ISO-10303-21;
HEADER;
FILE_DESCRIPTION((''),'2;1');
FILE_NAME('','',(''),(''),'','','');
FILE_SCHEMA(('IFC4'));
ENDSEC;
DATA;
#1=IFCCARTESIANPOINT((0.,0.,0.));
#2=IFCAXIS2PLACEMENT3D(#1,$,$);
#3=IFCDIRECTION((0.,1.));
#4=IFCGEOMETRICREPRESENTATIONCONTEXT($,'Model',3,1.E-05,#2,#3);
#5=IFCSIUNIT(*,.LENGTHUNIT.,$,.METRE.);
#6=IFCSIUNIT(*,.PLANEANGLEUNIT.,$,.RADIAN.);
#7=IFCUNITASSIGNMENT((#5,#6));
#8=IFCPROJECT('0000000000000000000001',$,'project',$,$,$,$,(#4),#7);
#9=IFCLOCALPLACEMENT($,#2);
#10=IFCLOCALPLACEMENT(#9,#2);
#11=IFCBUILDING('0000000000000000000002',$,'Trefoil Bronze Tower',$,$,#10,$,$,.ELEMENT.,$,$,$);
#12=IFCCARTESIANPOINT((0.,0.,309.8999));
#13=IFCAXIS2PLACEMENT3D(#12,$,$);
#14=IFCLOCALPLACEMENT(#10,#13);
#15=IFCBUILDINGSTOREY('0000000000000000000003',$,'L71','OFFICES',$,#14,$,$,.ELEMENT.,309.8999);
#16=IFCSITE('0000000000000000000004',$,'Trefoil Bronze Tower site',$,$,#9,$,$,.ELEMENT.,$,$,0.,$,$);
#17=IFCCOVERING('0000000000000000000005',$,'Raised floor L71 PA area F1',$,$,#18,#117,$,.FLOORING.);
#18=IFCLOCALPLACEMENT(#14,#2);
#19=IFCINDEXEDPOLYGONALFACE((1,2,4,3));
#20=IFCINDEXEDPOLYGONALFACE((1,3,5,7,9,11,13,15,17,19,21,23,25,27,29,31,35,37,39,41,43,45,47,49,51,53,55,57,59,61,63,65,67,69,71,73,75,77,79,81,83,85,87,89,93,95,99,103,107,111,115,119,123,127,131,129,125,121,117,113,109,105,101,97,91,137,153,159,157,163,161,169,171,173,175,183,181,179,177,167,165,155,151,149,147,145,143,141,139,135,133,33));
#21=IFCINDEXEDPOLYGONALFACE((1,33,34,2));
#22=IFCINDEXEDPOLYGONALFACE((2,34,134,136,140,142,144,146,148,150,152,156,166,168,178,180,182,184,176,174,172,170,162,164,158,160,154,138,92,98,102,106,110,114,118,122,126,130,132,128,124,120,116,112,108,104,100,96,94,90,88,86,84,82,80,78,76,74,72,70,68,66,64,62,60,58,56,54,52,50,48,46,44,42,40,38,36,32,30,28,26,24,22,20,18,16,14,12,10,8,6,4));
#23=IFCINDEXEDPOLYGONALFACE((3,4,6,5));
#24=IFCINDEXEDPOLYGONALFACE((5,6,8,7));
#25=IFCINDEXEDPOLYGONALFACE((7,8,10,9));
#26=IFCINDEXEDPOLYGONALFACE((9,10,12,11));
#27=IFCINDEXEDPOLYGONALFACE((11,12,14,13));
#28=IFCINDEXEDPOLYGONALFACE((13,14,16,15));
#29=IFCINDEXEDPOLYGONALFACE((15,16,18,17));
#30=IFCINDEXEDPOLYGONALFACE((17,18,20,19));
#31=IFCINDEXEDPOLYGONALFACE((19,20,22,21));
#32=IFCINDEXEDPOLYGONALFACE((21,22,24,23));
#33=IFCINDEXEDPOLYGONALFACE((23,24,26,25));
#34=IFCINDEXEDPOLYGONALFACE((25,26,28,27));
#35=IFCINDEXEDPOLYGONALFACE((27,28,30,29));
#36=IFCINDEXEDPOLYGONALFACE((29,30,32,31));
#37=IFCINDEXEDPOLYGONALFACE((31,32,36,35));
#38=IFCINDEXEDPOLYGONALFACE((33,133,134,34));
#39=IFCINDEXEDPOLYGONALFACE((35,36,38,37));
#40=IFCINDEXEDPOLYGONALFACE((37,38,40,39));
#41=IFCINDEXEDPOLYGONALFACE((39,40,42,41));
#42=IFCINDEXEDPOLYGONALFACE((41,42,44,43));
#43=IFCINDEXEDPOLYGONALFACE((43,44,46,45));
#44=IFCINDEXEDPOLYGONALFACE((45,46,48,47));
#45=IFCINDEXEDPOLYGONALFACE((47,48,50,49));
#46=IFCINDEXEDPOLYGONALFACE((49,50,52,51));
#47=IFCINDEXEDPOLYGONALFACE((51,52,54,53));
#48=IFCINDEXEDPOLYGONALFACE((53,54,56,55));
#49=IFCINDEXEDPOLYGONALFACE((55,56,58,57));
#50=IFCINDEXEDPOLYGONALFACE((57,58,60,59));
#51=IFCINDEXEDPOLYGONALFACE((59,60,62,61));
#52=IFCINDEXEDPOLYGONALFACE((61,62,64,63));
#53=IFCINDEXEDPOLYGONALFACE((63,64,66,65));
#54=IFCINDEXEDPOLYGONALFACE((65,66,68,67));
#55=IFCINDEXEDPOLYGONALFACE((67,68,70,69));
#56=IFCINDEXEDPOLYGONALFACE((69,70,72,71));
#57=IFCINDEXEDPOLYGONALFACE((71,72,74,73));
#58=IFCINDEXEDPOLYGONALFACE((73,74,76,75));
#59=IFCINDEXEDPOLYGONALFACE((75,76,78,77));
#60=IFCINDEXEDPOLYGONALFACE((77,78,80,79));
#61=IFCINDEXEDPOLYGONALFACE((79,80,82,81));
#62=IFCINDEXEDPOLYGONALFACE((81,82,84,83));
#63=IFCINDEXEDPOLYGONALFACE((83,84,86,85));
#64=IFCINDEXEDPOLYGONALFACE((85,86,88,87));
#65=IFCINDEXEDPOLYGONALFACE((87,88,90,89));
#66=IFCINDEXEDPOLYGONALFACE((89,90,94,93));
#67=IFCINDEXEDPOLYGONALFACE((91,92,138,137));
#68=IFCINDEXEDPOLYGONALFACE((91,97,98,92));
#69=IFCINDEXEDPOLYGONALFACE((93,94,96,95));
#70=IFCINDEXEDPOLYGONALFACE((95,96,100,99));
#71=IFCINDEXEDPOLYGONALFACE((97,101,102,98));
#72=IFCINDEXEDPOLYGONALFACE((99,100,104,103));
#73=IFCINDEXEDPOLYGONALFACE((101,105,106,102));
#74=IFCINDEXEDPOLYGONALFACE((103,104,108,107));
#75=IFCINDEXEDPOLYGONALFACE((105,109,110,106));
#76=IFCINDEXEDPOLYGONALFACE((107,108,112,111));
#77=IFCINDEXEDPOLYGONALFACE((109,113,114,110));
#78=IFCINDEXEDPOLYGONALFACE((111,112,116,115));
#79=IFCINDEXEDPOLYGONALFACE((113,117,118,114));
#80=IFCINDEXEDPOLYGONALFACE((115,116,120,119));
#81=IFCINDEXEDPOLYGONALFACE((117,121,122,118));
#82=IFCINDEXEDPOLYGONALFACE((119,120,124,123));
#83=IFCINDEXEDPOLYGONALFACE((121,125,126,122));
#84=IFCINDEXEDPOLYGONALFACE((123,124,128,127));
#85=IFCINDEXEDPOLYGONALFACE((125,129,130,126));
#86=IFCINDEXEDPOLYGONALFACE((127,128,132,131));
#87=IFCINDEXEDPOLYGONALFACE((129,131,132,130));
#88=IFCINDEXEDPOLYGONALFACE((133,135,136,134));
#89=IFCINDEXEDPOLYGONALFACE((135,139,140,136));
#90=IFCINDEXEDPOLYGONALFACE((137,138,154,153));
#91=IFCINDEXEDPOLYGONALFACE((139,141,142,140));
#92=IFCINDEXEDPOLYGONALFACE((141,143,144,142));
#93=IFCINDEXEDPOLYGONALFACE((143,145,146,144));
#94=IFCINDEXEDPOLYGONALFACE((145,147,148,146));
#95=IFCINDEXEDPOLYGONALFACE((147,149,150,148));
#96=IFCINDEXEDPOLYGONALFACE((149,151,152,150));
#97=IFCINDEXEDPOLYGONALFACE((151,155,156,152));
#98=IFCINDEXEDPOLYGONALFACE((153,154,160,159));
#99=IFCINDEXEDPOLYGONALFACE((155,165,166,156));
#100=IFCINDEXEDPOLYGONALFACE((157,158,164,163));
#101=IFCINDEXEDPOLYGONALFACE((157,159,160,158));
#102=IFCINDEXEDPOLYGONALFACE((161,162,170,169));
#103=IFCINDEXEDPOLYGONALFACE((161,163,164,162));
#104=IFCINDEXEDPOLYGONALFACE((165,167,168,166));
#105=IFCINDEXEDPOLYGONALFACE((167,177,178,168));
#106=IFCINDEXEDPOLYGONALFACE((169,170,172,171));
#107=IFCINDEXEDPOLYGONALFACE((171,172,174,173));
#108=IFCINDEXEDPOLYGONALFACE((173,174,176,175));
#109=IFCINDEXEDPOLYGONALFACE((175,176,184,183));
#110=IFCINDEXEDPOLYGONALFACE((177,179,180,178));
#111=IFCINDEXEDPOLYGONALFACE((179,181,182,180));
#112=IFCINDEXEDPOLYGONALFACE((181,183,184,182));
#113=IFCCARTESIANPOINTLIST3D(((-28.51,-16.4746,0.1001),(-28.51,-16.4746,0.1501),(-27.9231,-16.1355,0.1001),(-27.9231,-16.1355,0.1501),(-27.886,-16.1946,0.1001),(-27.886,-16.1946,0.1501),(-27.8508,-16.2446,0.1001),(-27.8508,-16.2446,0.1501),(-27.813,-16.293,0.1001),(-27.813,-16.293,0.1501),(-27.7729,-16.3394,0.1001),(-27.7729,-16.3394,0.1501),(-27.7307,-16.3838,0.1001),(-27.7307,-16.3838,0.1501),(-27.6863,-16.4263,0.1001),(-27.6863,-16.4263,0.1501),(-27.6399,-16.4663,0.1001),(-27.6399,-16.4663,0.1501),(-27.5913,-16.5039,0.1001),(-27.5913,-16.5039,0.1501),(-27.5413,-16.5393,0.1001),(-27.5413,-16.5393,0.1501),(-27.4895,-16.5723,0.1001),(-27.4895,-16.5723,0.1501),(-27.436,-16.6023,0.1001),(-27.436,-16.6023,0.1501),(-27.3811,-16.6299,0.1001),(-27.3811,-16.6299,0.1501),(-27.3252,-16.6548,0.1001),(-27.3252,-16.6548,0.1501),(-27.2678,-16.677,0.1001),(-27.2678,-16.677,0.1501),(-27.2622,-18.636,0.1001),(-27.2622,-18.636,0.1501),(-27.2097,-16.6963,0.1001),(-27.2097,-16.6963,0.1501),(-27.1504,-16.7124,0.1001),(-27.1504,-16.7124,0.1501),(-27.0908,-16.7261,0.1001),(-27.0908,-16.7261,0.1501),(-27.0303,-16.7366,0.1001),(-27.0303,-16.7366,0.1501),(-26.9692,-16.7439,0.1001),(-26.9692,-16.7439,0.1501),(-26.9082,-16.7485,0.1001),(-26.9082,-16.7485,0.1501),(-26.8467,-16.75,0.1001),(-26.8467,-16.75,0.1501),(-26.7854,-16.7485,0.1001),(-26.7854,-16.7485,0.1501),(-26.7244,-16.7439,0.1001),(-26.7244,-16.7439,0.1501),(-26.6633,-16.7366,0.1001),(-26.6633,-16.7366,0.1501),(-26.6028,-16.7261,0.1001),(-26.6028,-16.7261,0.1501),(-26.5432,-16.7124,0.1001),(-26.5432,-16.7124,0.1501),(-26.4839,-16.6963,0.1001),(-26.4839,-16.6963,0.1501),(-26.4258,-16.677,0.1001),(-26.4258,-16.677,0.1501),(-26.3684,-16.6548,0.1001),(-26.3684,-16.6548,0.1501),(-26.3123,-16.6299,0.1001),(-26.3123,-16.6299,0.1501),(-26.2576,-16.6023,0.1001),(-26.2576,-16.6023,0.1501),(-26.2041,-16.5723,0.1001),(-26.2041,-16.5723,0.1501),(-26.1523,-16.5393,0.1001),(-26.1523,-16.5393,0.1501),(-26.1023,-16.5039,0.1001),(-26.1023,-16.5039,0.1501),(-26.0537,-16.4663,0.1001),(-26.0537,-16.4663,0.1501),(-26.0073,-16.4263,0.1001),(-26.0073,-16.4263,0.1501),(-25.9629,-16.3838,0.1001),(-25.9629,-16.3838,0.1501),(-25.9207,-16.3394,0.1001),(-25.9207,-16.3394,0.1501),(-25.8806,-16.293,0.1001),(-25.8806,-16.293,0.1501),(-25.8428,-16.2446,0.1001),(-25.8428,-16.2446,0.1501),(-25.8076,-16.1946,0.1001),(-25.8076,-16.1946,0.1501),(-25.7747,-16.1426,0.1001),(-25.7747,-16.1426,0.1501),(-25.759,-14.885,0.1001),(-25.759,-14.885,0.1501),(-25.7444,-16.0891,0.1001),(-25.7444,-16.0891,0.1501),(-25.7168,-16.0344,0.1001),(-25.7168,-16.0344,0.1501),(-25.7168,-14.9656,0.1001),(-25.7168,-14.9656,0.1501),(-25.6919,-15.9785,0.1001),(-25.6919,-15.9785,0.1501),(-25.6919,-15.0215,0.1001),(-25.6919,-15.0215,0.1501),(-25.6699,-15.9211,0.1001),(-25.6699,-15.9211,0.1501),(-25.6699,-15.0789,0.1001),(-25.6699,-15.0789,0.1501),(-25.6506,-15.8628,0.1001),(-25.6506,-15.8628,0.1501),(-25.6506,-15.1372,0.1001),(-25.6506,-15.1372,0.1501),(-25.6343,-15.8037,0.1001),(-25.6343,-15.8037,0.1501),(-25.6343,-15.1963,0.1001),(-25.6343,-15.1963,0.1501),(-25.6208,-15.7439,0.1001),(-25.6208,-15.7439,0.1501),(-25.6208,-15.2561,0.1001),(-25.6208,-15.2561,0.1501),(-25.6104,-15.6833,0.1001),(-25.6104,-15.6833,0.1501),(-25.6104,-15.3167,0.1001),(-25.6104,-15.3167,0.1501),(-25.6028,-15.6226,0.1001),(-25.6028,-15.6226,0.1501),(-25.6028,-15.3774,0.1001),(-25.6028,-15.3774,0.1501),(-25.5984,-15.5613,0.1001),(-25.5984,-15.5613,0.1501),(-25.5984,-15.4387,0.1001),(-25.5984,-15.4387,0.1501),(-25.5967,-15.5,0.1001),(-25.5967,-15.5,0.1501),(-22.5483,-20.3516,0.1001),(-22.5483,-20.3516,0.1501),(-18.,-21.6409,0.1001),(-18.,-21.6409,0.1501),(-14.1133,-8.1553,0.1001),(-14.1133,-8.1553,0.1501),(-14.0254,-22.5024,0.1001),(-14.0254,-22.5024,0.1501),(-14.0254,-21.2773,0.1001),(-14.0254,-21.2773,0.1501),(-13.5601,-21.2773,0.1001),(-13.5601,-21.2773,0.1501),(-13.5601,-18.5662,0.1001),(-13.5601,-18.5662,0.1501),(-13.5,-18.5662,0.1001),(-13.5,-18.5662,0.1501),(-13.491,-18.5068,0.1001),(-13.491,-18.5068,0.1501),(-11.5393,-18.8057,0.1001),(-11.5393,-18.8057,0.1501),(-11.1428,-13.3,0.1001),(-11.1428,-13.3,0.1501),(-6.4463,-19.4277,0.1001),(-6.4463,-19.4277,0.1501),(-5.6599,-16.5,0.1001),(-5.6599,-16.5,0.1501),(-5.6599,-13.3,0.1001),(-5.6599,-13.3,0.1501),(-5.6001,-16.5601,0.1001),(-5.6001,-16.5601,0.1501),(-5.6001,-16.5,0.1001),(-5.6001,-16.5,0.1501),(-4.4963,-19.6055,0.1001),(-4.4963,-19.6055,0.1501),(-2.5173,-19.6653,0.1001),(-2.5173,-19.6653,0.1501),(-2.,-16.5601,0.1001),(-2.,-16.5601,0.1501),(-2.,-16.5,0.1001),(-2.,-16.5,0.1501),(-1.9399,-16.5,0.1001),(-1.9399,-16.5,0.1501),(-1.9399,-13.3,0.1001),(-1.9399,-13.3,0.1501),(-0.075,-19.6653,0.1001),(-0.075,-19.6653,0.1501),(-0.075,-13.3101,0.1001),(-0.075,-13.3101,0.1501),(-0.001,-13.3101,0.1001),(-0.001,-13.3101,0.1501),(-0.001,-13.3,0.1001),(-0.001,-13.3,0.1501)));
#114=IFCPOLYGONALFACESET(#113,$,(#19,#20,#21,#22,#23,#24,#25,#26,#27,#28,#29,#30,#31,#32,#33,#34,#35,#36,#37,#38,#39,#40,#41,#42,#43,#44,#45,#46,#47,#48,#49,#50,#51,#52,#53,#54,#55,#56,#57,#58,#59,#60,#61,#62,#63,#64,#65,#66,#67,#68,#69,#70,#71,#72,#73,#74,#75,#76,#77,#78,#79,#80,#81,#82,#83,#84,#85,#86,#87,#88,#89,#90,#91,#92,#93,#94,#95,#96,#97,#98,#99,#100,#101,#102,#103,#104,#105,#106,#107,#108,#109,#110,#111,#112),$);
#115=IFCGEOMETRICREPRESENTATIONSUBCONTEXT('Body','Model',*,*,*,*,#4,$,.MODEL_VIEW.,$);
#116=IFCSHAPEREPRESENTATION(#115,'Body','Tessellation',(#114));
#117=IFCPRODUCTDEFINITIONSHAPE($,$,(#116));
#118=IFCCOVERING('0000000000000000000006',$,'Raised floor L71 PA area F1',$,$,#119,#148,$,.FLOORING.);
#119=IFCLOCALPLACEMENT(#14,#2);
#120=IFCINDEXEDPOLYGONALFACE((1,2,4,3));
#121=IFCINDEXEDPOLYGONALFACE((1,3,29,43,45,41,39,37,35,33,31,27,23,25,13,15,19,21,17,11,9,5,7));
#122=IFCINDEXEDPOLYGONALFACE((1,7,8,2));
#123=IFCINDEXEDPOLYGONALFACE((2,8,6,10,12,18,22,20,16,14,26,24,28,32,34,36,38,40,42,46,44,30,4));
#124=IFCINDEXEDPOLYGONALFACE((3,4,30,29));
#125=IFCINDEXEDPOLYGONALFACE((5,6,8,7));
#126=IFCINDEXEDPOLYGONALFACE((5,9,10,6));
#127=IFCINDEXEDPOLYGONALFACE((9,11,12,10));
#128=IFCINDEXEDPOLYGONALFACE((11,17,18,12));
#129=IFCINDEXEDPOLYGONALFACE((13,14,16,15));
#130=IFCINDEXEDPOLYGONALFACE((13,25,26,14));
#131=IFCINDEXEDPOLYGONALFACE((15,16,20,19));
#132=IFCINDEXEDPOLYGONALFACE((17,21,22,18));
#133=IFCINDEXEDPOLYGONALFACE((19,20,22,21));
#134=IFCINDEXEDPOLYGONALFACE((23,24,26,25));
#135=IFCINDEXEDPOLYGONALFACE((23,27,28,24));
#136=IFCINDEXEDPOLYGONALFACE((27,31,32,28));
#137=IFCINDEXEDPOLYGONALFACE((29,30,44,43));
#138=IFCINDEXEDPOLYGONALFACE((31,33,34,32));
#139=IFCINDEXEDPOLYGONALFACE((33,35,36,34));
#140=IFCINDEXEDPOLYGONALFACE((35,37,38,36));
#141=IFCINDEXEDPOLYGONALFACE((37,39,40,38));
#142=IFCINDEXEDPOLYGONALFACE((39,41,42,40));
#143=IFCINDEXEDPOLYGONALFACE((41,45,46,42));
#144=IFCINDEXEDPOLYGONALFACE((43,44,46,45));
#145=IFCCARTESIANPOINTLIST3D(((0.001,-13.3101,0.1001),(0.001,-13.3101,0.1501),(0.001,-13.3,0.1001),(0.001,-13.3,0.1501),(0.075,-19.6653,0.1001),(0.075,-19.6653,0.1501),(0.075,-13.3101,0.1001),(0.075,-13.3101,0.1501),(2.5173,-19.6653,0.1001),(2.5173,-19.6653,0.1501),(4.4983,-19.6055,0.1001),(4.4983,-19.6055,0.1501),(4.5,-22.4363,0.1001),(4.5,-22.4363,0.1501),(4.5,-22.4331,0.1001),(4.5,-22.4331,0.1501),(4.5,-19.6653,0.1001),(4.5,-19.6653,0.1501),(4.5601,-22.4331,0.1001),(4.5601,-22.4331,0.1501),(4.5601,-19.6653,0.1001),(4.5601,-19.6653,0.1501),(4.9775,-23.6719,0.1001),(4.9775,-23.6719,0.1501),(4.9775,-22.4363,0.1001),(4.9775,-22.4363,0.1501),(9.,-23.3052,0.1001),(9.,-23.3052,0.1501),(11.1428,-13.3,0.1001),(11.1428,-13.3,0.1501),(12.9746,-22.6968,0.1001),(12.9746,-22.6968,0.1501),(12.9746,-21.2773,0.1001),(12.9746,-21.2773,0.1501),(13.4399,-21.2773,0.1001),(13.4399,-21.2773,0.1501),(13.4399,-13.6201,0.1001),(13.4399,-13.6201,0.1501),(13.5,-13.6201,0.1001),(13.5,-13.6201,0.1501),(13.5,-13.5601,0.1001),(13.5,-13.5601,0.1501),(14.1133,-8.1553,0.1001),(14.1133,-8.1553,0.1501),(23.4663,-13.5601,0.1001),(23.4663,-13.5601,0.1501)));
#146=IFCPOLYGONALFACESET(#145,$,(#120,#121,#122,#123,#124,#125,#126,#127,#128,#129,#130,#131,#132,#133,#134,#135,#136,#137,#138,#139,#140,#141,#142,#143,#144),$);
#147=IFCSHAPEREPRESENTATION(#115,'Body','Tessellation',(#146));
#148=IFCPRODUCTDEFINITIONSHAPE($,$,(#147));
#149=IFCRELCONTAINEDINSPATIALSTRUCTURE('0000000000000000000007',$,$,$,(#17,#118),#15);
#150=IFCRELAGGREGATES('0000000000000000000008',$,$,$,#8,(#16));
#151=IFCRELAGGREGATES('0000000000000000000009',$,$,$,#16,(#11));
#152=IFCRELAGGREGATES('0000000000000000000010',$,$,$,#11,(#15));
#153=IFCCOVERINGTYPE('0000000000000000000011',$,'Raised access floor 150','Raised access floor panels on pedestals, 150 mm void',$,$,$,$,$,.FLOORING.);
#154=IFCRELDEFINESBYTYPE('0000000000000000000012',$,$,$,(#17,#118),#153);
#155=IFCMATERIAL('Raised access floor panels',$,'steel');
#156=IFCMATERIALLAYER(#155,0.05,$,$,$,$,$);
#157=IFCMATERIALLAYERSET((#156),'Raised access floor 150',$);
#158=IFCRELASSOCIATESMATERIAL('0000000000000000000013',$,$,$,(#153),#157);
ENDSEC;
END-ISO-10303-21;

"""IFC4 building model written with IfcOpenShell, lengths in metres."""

from ifc_helpers import new_model, si_unit, direction, frame, origin, place, context, subcontext, project, spatial, polyline, outline, extrude, material, layer, layer_set, type_object, element, save


model = new_model("IFC4")

# Units and contexts
model_context = context("Model", 3, precision=1e-05, world=origin(), true_north=direction((0.0, 1.0)))
body_context = subcontext(model_context, "Body", "Model", "MODEL_VIEW")
ifc_project = project(units=[si_unit("LENGTHUNIT", "METRE"), si_unit("PLANEANGLEUNIT", "RADIAN")], contexts=[model_context])

# Site, building, storey
site_placement = place(None, origin())
site = spatial("IfcSite", under=ifc_project, at=site_placement, Name="Trefoil Bronze Tower site", CompositionType="ELEMENT", RefElevation=0.0)
building_placement = place(site_placement, origin())
building = spatial("IfcBuilding", under=site, at=building_placement, Name="Trefoil Bronze Tower", CompositionType="ELEMENT")
storey_placement = place(building_placement, frame((0.0, 0.0, 309.8999)))
storey = spatial("IfcBuildingStorey", under=building, at=storey_placement, Name="L71", Description="OFFICES", CompositionType="ELEMENT", Elevation=309.8999)

# Coverings
ifc_material_1 = material(Name="Raised access floor panels", Category="steel")
ifc_layer_1 = layer(ifc_material_1, 0.05)
ifc_layer_set_1 = layer_set([ifc_layer_1], Name="Raised access floor 150")
covering_type_1 = type_object("IfcCoveringType", Name="Raised access floor 150", Description="Raised access floor panels on pedestals, 150 mm void", PredefinedType="FLOORING", material=ifc_layer_set_1)
covering_1_placement = place(storey_placement, frame((0.0, 0.0, 0.1001)))
element("IfcCovering", 1, at=covering_1_placement, inside=storey, type_object=covering_type_1, Name="Raised floor L71 PA area F1", PredefinedType="FLOORING", context=body_context, shape_type="SweptSolid", body=[
    extrude(outline(polyline([(-25.759, -14.885), (-14.1133, -8.1553), (-11.1428, -13.3), (-5.6599, -13.3), (-5.6599, -16.5), (-5.6001, -16.5), (-5.6001, -16.5601), (-2.0, -16.5601), (-2.0, -16.5), (-1.9399, -16.5), (-1.9399, -13.3), (-0.001, -13.3), (-0.001, -13.3101), (-0.075, -13.3101), (-0.075, -19.6653), (-2.5173, -19.6653), (-4.4963, -19.6055), (-6.4463, -19.4277), (-11.5393, -18.8057), (-13.491, -18.5068), (-13.5, -18.5662), (-13.5601, -18.5662), (-13.5601, -21.2773), (-14.0254, -21.2773), (-14.0254, -22.5024), (-18.0, -21.6409), (-22.5483, -20.3516), (-27.2622, -18.636), (-28.51, -16.4746), (-27.9231, -16.1355), (-27.886, -16.1946), (-27.8508, -16.2446), (-27.813, -16.293), (-27.7729, -16.3394), (-27.7307, -16.3838), (-27.6863, -16.4263), (-27.6399, -16.4663), (-27.5913, -16.5039), (-27.5413, -16.5393), (-27.4895, -16.5723), (-27.436, -16.6023), (-27.3811, -16.6299), (-27.3252, -16.6548), (-27.2678, -16.677), (-27.2097, -16.6963), (-27.1504, -16.7124), (-27.0908, -16.7261), (-27.0303, -16.7366), (-26.9692, -16.7439), (-26.9082, -16.7485), (-26.8467, -16.75), (-26.7854, -16.7485), (-26.7244, -16.7439), (-26.6633, -16.7366), (-26.6028, -16.7261), (-26.5432, -16.7124), (-26.4839, -16.6963), (-26.4258, -16.677), (-26.3684, -16.6548), (-26.3123, -16.6299), (-26.2576, -16.6023), (-26.2041, -16.5723), (-26.1523, -16.5393), (-26.1023, -16.5039), (-26.0537, -16.4663), (-26.0073, -16.4263), (-25.9629, -16.3838), (-25.9207, -16.3394), (-25.8806, -16.293), (-25.8428, -16.2446), (-25.8076, -16.1946), (-25.7747, -16.1426), (-25.7444, -16.0891), (-25.7168, -16.0344), (-25.6919, -15.9785), (-25.6699, -15.9211), (-25.6506, -15.8628), (-25.6343, -15.8037), (-25.6208, -15.7439), (-25.6104, -15.6833), (-25.6028, -15.6226), (-25.5984, -15.5613), (-25.5967, -15.5), (-25.5984, -15.4387), (-25.6028, -15.3774), (-25.6104, -15.3167), (-25.6208, -15.2561), (-25.6343, -15.1963), (-25.6506, -15.1372), (-25.6699, -15.0789), (-25.6919, -15.0215), (-25.7168, -14.9656), (-25.759, -14.885)])), origin(), (0.0, 0.0, 1.0), 0.05),
])
covering_2_placement = place(storey_placement, frame((0.0, 0.0, 0.1001)))
element("IfcCovering", 2, at=covering_2_placement, inside=storey, type_object=covering_type_1, Name="Raised floor L71 PA area F1", PredefinedType="FLOORING", context=body_context, shape_type="SweptSolid", body=[
    extrude(outline(polyline([(9.0, -23.3052), (4.9775, -23.6719), (4.9775, -22.4363), (4.5, -22.4363), (4.5, -22.4331), (4.5601, -22.4331), (4.5601, -19.6653), (4.5, -19.6653), (4.4983, -19.6055), (2.5173, -19.6653), (0.075, -19.6653), (0.075, -13.3101), (0.001, -13.3101), (0.001, -13.3), (11.1428, -13.3), (14.1133, -8.1553), (23.4663, -13.5601), (13.5, -13.5601), (13.5, -13.6201), (13.4399, -13.6201), (13.4399, -21.2773), (12.9746, -21.2773), (12.9746, -22.6968), (9.0, -23.3052)])), origin(), (0.0, 0.0, 1.0), 0.05),
])

save(model, "model.ifc")
